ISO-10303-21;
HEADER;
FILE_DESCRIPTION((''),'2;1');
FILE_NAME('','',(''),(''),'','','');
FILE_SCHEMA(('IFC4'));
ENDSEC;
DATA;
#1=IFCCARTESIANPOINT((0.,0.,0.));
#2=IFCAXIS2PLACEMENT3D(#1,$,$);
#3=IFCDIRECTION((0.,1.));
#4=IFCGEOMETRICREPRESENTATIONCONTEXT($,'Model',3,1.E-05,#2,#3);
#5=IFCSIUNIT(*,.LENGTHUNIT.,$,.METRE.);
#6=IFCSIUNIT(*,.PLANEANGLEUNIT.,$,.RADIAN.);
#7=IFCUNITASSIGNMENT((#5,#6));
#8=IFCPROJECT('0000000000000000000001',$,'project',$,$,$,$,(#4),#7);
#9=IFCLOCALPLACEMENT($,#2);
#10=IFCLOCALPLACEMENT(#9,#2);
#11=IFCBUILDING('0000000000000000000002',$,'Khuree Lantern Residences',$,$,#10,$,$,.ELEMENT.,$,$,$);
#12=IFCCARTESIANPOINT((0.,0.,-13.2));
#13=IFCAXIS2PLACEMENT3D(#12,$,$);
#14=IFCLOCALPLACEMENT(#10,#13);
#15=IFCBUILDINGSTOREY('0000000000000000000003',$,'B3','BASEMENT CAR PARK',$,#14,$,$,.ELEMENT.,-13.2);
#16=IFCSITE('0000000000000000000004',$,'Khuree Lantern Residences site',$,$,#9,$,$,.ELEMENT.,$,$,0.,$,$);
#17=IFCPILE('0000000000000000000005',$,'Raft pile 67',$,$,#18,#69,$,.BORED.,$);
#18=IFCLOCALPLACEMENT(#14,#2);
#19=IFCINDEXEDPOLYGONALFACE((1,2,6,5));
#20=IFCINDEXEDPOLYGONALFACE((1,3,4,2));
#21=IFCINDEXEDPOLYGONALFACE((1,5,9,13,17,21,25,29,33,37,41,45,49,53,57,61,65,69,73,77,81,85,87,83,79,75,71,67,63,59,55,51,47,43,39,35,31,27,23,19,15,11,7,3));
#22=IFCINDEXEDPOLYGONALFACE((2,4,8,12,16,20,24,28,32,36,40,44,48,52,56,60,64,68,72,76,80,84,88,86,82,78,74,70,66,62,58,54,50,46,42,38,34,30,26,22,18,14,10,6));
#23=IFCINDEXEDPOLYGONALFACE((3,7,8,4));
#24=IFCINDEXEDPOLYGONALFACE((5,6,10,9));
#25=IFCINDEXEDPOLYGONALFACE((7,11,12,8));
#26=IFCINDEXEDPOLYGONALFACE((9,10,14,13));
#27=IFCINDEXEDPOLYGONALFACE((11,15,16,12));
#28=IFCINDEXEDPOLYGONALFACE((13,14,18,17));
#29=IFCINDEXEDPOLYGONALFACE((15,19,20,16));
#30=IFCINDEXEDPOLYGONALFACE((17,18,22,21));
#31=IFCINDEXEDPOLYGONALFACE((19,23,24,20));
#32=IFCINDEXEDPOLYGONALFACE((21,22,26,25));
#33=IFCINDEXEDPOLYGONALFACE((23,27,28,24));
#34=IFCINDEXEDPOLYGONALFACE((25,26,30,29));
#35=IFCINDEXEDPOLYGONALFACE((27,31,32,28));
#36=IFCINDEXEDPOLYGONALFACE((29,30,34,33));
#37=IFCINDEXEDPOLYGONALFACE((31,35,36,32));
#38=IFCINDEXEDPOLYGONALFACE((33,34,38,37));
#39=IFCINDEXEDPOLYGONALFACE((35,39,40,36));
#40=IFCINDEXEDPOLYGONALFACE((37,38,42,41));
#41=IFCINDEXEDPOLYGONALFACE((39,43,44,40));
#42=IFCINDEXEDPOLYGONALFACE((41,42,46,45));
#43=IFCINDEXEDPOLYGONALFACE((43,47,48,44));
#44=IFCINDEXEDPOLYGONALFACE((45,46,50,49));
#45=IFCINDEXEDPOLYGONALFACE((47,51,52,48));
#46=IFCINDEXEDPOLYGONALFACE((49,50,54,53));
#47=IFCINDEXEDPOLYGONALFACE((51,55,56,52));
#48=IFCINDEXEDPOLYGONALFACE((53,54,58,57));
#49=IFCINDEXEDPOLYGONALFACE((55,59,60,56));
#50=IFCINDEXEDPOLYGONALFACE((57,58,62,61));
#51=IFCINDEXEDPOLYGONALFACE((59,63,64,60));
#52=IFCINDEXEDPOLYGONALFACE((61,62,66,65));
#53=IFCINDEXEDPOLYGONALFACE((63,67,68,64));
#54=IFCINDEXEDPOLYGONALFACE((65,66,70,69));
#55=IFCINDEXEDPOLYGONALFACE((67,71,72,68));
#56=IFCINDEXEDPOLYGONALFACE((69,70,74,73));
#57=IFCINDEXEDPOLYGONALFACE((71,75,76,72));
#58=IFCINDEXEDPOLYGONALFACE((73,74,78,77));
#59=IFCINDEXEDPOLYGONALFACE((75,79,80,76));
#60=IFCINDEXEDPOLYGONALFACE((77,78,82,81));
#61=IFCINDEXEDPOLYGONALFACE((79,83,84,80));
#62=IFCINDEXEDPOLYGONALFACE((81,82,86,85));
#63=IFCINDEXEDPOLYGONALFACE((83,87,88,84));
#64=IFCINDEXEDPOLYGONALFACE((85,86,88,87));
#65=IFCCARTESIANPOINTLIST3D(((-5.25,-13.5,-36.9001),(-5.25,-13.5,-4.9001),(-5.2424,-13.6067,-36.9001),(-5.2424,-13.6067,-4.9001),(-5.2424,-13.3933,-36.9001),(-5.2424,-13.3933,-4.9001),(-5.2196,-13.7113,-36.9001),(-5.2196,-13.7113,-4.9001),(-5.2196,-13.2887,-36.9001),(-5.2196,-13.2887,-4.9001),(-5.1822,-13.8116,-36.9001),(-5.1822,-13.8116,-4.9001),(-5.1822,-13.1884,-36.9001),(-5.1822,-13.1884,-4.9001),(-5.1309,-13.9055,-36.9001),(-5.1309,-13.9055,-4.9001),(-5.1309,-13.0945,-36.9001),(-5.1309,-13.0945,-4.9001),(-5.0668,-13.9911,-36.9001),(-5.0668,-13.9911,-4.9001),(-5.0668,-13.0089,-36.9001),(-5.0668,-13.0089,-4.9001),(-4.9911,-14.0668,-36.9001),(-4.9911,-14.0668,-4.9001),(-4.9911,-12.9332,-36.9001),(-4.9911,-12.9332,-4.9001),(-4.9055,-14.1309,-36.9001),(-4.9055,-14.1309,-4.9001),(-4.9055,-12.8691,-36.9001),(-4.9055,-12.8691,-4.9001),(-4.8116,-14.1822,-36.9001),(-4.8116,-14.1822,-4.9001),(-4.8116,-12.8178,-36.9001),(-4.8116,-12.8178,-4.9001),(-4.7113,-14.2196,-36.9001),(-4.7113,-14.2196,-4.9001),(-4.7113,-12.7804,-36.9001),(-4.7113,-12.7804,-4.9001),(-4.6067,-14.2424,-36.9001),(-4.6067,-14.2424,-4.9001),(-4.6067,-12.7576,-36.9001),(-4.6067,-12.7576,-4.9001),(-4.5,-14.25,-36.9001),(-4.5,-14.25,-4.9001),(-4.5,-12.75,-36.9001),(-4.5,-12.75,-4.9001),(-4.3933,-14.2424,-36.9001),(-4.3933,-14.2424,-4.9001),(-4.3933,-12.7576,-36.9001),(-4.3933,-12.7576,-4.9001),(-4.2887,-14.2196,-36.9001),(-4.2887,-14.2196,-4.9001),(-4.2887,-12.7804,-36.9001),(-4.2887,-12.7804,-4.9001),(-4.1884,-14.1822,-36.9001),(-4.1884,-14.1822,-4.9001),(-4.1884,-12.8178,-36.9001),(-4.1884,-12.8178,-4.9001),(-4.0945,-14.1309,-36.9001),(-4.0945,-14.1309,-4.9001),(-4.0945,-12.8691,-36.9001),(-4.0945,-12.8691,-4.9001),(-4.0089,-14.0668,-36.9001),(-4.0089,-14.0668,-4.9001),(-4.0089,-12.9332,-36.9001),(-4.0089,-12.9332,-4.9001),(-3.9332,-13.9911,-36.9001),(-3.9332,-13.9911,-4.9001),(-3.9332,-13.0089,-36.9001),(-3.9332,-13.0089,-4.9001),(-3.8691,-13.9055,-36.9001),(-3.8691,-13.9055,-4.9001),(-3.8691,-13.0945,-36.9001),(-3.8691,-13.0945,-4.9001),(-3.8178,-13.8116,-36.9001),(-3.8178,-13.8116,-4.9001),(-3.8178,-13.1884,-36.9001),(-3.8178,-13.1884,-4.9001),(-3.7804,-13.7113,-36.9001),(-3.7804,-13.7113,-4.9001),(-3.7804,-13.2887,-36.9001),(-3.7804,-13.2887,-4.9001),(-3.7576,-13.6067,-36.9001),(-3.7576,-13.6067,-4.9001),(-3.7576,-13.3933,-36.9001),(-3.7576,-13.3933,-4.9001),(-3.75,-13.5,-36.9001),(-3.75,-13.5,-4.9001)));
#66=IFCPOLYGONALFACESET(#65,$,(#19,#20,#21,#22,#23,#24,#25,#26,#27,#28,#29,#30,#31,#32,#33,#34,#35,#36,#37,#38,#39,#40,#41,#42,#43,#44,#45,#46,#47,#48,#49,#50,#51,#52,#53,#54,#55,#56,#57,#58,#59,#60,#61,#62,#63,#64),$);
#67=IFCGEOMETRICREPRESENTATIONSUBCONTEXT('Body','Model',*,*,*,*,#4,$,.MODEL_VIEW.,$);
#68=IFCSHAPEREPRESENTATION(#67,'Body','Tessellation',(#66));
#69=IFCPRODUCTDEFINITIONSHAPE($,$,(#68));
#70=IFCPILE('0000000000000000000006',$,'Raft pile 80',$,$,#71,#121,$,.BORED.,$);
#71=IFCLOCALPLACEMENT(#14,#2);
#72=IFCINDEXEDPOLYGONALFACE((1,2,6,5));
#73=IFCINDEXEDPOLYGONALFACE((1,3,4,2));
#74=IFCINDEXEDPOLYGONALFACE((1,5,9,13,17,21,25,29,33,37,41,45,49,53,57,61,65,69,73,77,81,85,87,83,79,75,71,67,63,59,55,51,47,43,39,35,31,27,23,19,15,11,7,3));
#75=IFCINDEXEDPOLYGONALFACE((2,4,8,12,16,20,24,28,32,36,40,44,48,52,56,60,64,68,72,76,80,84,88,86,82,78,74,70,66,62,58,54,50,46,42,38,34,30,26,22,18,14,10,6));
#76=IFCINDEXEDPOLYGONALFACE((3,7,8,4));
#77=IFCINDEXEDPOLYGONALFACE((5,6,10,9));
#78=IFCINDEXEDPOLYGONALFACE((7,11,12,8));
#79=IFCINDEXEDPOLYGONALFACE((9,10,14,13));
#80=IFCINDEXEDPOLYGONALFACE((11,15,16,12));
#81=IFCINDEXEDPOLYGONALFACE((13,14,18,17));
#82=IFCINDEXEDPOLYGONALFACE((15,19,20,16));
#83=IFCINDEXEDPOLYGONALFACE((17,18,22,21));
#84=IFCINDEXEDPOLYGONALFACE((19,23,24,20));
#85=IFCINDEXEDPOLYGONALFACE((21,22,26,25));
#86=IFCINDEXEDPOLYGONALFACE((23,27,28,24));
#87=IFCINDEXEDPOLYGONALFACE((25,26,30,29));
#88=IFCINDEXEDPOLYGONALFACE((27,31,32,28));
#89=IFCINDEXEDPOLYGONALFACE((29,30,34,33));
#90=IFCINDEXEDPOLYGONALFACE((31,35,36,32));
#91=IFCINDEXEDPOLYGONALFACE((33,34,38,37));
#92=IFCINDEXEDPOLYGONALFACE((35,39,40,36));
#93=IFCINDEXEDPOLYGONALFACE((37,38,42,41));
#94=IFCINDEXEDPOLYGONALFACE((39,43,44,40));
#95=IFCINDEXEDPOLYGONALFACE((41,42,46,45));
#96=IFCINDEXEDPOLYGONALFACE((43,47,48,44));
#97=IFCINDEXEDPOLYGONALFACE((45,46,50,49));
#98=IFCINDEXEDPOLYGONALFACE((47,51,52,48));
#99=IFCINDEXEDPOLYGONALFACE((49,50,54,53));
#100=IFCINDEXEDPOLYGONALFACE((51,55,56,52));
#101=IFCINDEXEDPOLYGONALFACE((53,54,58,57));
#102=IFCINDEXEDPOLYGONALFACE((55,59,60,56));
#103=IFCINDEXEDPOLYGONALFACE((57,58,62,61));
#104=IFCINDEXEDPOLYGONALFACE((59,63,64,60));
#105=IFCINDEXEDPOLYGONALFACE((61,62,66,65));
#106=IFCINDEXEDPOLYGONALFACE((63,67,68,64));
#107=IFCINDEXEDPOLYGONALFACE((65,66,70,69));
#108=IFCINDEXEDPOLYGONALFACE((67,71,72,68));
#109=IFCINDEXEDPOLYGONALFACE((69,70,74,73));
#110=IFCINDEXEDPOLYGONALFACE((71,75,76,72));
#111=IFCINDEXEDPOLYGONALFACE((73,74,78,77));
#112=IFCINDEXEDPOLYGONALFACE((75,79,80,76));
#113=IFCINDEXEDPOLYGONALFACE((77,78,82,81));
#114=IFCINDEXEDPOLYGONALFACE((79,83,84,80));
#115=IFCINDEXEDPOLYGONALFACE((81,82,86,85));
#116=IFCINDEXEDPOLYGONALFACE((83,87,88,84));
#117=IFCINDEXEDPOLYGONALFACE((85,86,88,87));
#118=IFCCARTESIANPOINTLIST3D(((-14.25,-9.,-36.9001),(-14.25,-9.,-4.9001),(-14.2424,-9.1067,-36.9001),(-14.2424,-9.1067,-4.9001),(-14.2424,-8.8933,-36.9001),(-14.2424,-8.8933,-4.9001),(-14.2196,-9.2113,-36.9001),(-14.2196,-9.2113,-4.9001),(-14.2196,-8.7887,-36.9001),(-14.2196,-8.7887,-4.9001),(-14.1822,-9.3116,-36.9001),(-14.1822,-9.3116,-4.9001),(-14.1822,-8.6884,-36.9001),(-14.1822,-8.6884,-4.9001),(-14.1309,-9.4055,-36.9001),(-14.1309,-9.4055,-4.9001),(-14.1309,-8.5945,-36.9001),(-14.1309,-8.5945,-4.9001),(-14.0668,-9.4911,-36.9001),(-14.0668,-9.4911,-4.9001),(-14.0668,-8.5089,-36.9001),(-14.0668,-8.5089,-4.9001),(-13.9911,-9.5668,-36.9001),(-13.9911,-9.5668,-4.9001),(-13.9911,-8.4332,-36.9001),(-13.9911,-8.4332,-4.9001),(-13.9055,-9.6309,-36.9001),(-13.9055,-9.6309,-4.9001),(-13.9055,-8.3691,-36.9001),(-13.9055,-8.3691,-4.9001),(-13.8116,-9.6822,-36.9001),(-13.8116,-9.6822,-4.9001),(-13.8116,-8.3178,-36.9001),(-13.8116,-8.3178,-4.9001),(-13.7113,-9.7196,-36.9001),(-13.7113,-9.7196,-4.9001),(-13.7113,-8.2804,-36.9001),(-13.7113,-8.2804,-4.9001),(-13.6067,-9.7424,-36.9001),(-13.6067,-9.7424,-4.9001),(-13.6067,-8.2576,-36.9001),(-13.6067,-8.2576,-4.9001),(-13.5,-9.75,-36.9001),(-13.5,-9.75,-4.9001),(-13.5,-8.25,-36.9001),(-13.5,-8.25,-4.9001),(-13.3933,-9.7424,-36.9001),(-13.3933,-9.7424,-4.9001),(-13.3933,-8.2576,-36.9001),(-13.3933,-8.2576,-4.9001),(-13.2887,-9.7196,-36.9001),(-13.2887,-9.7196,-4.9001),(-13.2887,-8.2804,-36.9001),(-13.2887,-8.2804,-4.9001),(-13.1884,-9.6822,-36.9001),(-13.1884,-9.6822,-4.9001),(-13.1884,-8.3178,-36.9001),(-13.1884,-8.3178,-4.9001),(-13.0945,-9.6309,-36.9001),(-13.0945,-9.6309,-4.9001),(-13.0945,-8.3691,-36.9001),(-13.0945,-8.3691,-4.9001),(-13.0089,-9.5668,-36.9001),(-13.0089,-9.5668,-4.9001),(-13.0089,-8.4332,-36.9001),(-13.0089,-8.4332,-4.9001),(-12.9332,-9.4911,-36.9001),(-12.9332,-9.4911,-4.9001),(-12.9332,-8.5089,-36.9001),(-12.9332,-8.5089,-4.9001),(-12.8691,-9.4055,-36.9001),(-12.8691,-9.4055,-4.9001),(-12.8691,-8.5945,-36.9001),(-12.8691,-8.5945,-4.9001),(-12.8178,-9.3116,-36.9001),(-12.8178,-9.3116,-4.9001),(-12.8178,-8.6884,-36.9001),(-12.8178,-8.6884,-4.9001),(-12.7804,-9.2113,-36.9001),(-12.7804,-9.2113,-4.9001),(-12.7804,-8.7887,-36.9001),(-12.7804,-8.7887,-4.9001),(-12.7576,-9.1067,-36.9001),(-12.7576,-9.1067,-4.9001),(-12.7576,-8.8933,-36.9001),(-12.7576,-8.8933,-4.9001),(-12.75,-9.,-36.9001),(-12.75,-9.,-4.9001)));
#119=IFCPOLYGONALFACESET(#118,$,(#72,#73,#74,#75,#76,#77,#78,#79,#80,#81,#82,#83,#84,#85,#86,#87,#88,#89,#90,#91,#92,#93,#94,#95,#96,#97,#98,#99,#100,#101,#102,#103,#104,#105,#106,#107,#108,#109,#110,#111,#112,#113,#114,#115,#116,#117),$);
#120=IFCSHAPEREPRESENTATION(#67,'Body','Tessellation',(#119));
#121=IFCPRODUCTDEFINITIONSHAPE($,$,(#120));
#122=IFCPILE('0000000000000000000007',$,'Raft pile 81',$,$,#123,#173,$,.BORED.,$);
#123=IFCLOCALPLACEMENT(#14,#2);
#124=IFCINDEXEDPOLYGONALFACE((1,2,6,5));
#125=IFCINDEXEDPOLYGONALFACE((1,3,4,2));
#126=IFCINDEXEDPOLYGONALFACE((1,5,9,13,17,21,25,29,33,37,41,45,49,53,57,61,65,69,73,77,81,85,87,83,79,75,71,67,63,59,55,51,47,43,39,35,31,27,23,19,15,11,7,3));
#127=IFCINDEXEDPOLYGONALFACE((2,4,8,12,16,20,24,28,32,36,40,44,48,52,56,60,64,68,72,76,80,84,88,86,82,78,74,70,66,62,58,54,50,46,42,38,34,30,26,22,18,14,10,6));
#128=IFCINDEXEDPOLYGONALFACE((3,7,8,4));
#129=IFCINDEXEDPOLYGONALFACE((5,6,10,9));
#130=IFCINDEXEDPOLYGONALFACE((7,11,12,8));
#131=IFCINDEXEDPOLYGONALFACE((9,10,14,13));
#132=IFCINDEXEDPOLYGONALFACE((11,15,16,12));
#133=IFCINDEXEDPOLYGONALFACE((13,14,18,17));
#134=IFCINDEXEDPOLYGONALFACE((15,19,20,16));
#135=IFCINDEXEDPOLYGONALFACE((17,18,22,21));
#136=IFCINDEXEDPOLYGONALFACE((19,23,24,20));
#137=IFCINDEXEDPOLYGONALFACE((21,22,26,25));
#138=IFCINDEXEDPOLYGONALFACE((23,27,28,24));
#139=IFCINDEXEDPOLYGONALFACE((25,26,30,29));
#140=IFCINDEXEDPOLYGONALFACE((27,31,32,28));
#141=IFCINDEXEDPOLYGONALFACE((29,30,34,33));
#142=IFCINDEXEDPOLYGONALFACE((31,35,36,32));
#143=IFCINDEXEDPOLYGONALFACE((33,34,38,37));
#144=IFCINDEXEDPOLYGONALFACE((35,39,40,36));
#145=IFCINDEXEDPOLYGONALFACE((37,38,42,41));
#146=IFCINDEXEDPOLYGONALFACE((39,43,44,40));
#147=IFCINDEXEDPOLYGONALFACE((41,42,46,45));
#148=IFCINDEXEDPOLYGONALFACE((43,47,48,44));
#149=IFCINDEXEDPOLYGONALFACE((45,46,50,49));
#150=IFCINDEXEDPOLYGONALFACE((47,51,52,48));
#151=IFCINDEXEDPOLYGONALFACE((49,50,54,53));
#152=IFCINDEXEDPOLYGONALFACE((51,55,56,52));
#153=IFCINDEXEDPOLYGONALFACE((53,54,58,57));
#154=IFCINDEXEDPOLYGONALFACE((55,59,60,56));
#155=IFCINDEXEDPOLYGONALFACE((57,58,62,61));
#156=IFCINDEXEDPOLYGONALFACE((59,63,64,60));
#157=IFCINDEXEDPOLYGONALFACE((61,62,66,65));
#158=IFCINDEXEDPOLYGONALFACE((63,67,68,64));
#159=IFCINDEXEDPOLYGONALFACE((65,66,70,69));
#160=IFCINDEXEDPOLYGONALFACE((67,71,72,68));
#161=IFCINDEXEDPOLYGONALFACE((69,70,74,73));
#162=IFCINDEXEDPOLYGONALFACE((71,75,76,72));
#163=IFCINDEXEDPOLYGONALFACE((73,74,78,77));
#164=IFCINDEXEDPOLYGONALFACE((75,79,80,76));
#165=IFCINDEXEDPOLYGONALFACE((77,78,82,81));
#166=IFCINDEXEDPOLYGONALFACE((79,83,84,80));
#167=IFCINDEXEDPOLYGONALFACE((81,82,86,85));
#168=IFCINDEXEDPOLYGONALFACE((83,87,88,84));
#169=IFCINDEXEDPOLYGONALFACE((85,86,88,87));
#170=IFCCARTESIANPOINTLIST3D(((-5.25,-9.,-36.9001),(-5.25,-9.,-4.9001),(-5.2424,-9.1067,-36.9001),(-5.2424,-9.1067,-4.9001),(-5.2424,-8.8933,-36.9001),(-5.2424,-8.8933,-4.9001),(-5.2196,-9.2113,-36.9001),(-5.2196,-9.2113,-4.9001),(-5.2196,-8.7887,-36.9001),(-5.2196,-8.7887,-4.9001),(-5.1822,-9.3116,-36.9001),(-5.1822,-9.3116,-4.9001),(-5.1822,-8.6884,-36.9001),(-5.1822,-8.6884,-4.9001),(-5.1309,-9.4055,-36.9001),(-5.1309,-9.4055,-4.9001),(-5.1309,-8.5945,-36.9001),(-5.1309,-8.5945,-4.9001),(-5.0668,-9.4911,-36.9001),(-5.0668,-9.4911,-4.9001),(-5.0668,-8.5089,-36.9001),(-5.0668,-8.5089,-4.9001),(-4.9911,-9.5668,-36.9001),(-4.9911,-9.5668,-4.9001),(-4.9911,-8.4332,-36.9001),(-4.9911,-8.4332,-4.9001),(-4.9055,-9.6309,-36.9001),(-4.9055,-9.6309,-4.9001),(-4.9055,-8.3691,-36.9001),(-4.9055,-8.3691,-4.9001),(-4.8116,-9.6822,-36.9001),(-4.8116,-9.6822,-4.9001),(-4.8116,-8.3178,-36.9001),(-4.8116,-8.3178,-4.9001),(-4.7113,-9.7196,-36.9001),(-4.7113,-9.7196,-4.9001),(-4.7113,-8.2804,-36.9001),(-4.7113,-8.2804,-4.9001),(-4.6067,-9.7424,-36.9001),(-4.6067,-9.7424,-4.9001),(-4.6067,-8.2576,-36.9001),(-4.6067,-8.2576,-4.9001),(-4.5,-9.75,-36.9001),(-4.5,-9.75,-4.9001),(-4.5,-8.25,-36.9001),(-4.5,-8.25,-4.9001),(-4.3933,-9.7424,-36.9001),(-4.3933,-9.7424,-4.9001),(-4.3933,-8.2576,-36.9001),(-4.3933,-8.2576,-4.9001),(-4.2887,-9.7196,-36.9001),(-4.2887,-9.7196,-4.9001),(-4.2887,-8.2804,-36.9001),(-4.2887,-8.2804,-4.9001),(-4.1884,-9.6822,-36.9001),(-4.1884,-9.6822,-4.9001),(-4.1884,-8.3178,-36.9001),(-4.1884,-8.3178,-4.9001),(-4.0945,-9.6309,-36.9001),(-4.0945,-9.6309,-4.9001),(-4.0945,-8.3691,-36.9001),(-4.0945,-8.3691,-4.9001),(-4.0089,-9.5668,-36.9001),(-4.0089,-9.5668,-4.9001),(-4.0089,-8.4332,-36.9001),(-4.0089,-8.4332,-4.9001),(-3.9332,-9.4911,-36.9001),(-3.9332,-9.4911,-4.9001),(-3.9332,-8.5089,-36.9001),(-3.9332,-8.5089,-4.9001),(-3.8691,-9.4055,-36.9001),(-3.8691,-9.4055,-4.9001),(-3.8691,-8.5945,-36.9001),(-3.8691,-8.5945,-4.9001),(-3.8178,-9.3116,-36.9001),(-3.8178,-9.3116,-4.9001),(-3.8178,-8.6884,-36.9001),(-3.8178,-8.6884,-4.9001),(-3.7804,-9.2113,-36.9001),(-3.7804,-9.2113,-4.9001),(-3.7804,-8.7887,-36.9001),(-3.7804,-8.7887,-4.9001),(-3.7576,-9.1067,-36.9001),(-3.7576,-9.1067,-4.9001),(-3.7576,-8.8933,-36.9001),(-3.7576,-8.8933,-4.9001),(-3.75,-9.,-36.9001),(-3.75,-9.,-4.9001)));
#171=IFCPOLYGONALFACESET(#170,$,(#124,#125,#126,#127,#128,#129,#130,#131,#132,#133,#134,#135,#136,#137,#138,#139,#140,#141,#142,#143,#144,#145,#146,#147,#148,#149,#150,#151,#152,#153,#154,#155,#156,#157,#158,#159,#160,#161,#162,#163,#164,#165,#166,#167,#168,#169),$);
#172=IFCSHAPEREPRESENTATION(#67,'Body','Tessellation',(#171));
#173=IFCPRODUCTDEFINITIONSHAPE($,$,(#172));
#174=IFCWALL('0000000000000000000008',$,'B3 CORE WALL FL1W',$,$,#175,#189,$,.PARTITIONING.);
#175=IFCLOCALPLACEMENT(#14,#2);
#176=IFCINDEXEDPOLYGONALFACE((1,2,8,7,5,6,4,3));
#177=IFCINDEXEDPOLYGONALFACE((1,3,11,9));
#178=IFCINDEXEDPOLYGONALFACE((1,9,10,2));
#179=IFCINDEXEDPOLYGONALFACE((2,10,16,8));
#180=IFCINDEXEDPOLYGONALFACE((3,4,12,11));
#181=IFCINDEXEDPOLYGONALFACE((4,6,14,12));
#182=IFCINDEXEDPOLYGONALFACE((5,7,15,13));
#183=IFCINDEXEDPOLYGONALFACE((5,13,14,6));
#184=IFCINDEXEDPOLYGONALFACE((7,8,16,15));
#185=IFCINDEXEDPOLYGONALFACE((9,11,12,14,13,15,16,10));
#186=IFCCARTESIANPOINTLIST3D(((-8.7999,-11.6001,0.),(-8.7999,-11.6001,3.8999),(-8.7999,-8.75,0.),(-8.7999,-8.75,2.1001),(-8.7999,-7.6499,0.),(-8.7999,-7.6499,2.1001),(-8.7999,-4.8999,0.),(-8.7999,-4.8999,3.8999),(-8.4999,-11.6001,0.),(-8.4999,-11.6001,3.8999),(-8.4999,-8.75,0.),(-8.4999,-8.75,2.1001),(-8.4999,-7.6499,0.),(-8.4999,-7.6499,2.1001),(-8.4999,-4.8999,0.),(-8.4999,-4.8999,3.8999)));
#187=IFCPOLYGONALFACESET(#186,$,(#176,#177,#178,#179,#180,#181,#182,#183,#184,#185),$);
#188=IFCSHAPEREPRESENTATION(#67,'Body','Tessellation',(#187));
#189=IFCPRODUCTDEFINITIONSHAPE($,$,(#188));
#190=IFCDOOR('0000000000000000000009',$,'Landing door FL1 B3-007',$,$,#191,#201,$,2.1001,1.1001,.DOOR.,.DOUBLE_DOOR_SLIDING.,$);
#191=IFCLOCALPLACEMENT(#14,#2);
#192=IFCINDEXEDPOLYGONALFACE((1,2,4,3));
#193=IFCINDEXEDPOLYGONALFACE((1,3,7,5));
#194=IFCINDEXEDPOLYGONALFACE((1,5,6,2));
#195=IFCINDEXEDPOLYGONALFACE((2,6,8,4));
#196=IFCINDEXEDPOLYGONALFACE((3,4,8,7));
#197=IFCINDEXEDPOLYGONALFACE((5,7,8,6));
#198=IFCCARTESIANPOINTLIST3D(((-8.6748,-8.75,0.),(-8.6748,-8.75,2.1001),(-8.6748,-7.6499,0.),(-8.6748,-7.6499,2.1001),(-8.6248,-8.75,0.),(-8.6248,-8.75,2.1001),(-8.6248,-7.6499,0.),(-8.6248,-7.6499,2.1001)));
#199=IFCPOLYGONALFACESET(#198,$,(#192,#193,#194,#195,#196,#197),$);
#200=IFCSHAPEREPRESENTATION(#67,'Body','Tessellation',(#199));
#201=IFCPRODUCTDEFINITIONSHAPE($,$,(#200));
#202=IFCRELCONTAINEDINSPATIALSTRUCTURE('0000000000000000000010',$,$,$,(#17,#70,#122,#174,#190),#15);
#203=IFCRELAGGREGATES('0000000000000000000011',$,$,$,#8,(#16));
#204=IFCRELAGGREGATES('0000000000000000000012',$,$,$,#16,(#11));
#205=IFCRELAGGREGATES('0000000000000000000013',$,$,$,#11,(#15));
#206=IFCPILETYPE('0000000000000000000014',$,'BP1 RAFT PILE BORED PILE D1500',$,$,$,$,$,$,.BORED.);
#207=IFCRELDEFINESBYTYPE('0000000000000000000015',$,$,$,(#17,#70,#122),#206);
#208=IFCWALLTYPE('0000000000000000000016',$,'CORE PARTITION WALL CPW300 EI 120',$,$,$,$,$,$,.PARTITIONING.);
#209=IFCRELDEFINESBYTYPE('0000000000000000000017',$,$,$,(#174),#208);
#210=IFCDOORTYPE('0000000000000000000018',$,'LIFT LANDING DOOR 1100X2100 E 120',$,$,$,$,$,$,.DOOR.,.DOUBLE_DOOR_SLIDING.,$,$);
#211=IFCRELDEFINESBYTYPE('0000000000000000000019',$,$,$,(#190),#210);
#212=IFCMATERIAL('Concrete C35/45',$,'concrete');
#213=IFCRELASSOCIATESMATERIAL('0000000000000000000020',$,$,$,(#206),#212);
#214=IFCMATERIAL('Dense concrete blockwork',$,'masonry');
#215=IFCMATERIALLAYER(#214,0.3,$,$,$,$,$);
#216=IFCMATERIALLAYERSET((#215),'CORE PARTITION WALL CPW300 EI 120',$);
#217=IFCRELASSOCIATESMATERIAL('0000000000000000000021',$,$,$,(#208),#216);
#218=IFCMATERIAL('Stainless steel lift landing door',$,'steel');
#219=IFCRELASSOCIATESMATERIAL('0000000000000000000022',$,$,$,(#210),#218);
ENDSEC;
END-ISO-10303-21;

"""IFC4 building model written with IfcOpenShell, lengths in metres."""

from ifc_helpers import new_model, si_unit, direction, frame, frame_2d, origin, origin_2d, place, context, subcontext, project, spatial, rectangle, circle, extrude, material, layer, layer_set, material_profile, profile_set, type_object, element, fill, save


model = new_model("IFC4")

# Units and contexts
model_context = context("Model", 3, precision=1e-05, world=origin(), true_north=direction((0.0, 1.0)))
body_context = subcontext(model_context, "Body", "Model", "MODEL_VIEW")
ifc_project = project(units=[si_unit("LENGTHUNIT", "METRE"), si_unit("PLANEANGLEUNIT", "RADIAN")], contexts=[model_context])

# Site, building, storey
site_placement = place(None, origin())
site = spatial("IfcSite", under=ifc_project, at=site_placement, Name="Khuree Lantern Residences site", CompositionType="ELEMENT", RefElevation=0.0)
building_placement = place(site_placement, origin())
building = spatial("IfcBuilding", under=site, at=building_placement, Name="Khuree Lantern Residences", CompositionType="ELEMENT")
storey_placement = place(building_placement, frame((0.0, 0.0, -13.2)))
storey = spatial("IfcBuildingStorey", under=building, at=storey_placement, Name="B3", Description="BASEMENT CAR PARK", CompositionType="ELEMENT", Elevation=-13.2)

# Piles
ifc_material_1 = material(Name="Concrete C35/45", Category="concrete")
ifc_material_profile = material_profile(ifc_material_1, circle(Radius=0.75, at=origin_2d()), Name="BORED PILE D1500")
ifc_profile_set = profile_set([ifc_material_profile], Name="Concrete C35/45")
pile_type = type_object("IfcPileType", Name="BP1 RAFT PILE BORED PILE D1500", PredefinedType="BORED", material=ifc_profile_set)
for number, where, z_axis, x_axis, name in (
    (1, (-4.5, -13.5, -4.9001), (0.0, 0.0, -1.0), (1.0, 0.0, 0.0), "Raft pile 67"),
    (2, (-13.5, -9.0, -4.9001), (0.0, 0.0, -1.0), (1.0, 0.0, 0.0), "Raft pile 80"),
    (3, (-4.5, -9.0, -4.9001), (0.0, 0.0, -1.0), (1.0, 0.0, 0.0), "Raft pile 81"),
):
    element("IfcPile", number, at=place(storey_placement, frame(where, z_axis=z_axis, x_axis=x_axis)), inside=storey, type_object=pile_type, Name=name, PredefinedType="BORED", context=body_context, shape_type="SweptSolid", body=[
        extrude(circle(Radius=0.75, at=origin_2d()), origin(), (0.0, 0.0, 1.0), 32.0),
    ])

# Wall, opening, door
ifc_material_2 = material(Name="Dense concrete blockwork", Category="masonry")
ifc_layer_1 = layer(ifc_material_2, 0.3)
ifc_layer_set_1 = layer_set([ifc_layer_1], Name="CORE PARTITION WALL CPW300 EI 120")
wall_type_1 = type_object("IfcWallType", Name="CORE PARTITION WALL CPW300 EI 120", PredefinedType="PARTITIONING", material=ifc_layer_set_1)
wall_1_placement = place(storey_placement, frame((-8.6499, -11.6001, 0.0), z_axis=(0.0, 0.0, 1.0), x_axis=(0.0, 1.0, 0.0)))
wall_1 = element("IfcWall", 4, at=wall_1_placement, inside=storey, type_object=wall_type_1, Name="B3 CORE WALL FL1W", PredefinedType="PARTITIONING", context=body_context, shape_type="SweptSolid", body=[
    extrude(rectangle(XDim=6.7002, YDim=0.3, at=frame_2d((3.3501, 0.0))), origin(), (0.0, 0.0, 1.0), 3.8999),
])
opening_placement = place(wall_1_placement, frame((2.8501, 0.0, 0.0)))
opening = element("IfcOpeningElement", 5, at=opening_placement, cuts=wall_1, PredefinedType="OPENING", context=body_context, shape_type="SweptSolid", body=[
    extrude(rectangle(XDim=1.1001, YDim=2.1001, at=frame_2d((0.55, 1.05))), frame((0.0, 0.1602, 0.0), z_axis=(0.0, -1.0, 0.0), x_axis=(1.0, 0.0, 0.0)), (0.0, 0.0, 1.0), 0.3201),
])
ifc_material_3 = material(Name="Stainless steel lift landing door", Category="steel")
door_type = type_object("IfcDoorType", Name="LIFT LANDING DOOR 1100X2100 E 120", OperationType="DOUBLE_DOOR_SLIDING", PredefinedType="DOOR", material=ifc_material_3)
door_placement = place(opening_placement, origin())
door = element("IfcDoor", 6, at=door_placement, inside=storey, type_object=door_type, Name="Landing door FL1 B3-007", OperationType="DOUBLE_DOOR_SLIDING", OverallHeight=2.1001, OverallWidth=1.1001, PredefinedType="DOOR", context=body_context, shape_type="SweptSolid", body=[
    extrude(rectangle(XDim=1.1001, YDim=2.1001, at=frame_2d((0.55, 1.05))), frame((0.0, 0.0249, 0.0), z_axis=(0.0, -1.0, 0.0), x_axis=(1.0, 0.0, 0.0)), (0.0, 0.0, 1.0), 0.05),
])
fill(opening, door)

save(model, "model.ifc")
